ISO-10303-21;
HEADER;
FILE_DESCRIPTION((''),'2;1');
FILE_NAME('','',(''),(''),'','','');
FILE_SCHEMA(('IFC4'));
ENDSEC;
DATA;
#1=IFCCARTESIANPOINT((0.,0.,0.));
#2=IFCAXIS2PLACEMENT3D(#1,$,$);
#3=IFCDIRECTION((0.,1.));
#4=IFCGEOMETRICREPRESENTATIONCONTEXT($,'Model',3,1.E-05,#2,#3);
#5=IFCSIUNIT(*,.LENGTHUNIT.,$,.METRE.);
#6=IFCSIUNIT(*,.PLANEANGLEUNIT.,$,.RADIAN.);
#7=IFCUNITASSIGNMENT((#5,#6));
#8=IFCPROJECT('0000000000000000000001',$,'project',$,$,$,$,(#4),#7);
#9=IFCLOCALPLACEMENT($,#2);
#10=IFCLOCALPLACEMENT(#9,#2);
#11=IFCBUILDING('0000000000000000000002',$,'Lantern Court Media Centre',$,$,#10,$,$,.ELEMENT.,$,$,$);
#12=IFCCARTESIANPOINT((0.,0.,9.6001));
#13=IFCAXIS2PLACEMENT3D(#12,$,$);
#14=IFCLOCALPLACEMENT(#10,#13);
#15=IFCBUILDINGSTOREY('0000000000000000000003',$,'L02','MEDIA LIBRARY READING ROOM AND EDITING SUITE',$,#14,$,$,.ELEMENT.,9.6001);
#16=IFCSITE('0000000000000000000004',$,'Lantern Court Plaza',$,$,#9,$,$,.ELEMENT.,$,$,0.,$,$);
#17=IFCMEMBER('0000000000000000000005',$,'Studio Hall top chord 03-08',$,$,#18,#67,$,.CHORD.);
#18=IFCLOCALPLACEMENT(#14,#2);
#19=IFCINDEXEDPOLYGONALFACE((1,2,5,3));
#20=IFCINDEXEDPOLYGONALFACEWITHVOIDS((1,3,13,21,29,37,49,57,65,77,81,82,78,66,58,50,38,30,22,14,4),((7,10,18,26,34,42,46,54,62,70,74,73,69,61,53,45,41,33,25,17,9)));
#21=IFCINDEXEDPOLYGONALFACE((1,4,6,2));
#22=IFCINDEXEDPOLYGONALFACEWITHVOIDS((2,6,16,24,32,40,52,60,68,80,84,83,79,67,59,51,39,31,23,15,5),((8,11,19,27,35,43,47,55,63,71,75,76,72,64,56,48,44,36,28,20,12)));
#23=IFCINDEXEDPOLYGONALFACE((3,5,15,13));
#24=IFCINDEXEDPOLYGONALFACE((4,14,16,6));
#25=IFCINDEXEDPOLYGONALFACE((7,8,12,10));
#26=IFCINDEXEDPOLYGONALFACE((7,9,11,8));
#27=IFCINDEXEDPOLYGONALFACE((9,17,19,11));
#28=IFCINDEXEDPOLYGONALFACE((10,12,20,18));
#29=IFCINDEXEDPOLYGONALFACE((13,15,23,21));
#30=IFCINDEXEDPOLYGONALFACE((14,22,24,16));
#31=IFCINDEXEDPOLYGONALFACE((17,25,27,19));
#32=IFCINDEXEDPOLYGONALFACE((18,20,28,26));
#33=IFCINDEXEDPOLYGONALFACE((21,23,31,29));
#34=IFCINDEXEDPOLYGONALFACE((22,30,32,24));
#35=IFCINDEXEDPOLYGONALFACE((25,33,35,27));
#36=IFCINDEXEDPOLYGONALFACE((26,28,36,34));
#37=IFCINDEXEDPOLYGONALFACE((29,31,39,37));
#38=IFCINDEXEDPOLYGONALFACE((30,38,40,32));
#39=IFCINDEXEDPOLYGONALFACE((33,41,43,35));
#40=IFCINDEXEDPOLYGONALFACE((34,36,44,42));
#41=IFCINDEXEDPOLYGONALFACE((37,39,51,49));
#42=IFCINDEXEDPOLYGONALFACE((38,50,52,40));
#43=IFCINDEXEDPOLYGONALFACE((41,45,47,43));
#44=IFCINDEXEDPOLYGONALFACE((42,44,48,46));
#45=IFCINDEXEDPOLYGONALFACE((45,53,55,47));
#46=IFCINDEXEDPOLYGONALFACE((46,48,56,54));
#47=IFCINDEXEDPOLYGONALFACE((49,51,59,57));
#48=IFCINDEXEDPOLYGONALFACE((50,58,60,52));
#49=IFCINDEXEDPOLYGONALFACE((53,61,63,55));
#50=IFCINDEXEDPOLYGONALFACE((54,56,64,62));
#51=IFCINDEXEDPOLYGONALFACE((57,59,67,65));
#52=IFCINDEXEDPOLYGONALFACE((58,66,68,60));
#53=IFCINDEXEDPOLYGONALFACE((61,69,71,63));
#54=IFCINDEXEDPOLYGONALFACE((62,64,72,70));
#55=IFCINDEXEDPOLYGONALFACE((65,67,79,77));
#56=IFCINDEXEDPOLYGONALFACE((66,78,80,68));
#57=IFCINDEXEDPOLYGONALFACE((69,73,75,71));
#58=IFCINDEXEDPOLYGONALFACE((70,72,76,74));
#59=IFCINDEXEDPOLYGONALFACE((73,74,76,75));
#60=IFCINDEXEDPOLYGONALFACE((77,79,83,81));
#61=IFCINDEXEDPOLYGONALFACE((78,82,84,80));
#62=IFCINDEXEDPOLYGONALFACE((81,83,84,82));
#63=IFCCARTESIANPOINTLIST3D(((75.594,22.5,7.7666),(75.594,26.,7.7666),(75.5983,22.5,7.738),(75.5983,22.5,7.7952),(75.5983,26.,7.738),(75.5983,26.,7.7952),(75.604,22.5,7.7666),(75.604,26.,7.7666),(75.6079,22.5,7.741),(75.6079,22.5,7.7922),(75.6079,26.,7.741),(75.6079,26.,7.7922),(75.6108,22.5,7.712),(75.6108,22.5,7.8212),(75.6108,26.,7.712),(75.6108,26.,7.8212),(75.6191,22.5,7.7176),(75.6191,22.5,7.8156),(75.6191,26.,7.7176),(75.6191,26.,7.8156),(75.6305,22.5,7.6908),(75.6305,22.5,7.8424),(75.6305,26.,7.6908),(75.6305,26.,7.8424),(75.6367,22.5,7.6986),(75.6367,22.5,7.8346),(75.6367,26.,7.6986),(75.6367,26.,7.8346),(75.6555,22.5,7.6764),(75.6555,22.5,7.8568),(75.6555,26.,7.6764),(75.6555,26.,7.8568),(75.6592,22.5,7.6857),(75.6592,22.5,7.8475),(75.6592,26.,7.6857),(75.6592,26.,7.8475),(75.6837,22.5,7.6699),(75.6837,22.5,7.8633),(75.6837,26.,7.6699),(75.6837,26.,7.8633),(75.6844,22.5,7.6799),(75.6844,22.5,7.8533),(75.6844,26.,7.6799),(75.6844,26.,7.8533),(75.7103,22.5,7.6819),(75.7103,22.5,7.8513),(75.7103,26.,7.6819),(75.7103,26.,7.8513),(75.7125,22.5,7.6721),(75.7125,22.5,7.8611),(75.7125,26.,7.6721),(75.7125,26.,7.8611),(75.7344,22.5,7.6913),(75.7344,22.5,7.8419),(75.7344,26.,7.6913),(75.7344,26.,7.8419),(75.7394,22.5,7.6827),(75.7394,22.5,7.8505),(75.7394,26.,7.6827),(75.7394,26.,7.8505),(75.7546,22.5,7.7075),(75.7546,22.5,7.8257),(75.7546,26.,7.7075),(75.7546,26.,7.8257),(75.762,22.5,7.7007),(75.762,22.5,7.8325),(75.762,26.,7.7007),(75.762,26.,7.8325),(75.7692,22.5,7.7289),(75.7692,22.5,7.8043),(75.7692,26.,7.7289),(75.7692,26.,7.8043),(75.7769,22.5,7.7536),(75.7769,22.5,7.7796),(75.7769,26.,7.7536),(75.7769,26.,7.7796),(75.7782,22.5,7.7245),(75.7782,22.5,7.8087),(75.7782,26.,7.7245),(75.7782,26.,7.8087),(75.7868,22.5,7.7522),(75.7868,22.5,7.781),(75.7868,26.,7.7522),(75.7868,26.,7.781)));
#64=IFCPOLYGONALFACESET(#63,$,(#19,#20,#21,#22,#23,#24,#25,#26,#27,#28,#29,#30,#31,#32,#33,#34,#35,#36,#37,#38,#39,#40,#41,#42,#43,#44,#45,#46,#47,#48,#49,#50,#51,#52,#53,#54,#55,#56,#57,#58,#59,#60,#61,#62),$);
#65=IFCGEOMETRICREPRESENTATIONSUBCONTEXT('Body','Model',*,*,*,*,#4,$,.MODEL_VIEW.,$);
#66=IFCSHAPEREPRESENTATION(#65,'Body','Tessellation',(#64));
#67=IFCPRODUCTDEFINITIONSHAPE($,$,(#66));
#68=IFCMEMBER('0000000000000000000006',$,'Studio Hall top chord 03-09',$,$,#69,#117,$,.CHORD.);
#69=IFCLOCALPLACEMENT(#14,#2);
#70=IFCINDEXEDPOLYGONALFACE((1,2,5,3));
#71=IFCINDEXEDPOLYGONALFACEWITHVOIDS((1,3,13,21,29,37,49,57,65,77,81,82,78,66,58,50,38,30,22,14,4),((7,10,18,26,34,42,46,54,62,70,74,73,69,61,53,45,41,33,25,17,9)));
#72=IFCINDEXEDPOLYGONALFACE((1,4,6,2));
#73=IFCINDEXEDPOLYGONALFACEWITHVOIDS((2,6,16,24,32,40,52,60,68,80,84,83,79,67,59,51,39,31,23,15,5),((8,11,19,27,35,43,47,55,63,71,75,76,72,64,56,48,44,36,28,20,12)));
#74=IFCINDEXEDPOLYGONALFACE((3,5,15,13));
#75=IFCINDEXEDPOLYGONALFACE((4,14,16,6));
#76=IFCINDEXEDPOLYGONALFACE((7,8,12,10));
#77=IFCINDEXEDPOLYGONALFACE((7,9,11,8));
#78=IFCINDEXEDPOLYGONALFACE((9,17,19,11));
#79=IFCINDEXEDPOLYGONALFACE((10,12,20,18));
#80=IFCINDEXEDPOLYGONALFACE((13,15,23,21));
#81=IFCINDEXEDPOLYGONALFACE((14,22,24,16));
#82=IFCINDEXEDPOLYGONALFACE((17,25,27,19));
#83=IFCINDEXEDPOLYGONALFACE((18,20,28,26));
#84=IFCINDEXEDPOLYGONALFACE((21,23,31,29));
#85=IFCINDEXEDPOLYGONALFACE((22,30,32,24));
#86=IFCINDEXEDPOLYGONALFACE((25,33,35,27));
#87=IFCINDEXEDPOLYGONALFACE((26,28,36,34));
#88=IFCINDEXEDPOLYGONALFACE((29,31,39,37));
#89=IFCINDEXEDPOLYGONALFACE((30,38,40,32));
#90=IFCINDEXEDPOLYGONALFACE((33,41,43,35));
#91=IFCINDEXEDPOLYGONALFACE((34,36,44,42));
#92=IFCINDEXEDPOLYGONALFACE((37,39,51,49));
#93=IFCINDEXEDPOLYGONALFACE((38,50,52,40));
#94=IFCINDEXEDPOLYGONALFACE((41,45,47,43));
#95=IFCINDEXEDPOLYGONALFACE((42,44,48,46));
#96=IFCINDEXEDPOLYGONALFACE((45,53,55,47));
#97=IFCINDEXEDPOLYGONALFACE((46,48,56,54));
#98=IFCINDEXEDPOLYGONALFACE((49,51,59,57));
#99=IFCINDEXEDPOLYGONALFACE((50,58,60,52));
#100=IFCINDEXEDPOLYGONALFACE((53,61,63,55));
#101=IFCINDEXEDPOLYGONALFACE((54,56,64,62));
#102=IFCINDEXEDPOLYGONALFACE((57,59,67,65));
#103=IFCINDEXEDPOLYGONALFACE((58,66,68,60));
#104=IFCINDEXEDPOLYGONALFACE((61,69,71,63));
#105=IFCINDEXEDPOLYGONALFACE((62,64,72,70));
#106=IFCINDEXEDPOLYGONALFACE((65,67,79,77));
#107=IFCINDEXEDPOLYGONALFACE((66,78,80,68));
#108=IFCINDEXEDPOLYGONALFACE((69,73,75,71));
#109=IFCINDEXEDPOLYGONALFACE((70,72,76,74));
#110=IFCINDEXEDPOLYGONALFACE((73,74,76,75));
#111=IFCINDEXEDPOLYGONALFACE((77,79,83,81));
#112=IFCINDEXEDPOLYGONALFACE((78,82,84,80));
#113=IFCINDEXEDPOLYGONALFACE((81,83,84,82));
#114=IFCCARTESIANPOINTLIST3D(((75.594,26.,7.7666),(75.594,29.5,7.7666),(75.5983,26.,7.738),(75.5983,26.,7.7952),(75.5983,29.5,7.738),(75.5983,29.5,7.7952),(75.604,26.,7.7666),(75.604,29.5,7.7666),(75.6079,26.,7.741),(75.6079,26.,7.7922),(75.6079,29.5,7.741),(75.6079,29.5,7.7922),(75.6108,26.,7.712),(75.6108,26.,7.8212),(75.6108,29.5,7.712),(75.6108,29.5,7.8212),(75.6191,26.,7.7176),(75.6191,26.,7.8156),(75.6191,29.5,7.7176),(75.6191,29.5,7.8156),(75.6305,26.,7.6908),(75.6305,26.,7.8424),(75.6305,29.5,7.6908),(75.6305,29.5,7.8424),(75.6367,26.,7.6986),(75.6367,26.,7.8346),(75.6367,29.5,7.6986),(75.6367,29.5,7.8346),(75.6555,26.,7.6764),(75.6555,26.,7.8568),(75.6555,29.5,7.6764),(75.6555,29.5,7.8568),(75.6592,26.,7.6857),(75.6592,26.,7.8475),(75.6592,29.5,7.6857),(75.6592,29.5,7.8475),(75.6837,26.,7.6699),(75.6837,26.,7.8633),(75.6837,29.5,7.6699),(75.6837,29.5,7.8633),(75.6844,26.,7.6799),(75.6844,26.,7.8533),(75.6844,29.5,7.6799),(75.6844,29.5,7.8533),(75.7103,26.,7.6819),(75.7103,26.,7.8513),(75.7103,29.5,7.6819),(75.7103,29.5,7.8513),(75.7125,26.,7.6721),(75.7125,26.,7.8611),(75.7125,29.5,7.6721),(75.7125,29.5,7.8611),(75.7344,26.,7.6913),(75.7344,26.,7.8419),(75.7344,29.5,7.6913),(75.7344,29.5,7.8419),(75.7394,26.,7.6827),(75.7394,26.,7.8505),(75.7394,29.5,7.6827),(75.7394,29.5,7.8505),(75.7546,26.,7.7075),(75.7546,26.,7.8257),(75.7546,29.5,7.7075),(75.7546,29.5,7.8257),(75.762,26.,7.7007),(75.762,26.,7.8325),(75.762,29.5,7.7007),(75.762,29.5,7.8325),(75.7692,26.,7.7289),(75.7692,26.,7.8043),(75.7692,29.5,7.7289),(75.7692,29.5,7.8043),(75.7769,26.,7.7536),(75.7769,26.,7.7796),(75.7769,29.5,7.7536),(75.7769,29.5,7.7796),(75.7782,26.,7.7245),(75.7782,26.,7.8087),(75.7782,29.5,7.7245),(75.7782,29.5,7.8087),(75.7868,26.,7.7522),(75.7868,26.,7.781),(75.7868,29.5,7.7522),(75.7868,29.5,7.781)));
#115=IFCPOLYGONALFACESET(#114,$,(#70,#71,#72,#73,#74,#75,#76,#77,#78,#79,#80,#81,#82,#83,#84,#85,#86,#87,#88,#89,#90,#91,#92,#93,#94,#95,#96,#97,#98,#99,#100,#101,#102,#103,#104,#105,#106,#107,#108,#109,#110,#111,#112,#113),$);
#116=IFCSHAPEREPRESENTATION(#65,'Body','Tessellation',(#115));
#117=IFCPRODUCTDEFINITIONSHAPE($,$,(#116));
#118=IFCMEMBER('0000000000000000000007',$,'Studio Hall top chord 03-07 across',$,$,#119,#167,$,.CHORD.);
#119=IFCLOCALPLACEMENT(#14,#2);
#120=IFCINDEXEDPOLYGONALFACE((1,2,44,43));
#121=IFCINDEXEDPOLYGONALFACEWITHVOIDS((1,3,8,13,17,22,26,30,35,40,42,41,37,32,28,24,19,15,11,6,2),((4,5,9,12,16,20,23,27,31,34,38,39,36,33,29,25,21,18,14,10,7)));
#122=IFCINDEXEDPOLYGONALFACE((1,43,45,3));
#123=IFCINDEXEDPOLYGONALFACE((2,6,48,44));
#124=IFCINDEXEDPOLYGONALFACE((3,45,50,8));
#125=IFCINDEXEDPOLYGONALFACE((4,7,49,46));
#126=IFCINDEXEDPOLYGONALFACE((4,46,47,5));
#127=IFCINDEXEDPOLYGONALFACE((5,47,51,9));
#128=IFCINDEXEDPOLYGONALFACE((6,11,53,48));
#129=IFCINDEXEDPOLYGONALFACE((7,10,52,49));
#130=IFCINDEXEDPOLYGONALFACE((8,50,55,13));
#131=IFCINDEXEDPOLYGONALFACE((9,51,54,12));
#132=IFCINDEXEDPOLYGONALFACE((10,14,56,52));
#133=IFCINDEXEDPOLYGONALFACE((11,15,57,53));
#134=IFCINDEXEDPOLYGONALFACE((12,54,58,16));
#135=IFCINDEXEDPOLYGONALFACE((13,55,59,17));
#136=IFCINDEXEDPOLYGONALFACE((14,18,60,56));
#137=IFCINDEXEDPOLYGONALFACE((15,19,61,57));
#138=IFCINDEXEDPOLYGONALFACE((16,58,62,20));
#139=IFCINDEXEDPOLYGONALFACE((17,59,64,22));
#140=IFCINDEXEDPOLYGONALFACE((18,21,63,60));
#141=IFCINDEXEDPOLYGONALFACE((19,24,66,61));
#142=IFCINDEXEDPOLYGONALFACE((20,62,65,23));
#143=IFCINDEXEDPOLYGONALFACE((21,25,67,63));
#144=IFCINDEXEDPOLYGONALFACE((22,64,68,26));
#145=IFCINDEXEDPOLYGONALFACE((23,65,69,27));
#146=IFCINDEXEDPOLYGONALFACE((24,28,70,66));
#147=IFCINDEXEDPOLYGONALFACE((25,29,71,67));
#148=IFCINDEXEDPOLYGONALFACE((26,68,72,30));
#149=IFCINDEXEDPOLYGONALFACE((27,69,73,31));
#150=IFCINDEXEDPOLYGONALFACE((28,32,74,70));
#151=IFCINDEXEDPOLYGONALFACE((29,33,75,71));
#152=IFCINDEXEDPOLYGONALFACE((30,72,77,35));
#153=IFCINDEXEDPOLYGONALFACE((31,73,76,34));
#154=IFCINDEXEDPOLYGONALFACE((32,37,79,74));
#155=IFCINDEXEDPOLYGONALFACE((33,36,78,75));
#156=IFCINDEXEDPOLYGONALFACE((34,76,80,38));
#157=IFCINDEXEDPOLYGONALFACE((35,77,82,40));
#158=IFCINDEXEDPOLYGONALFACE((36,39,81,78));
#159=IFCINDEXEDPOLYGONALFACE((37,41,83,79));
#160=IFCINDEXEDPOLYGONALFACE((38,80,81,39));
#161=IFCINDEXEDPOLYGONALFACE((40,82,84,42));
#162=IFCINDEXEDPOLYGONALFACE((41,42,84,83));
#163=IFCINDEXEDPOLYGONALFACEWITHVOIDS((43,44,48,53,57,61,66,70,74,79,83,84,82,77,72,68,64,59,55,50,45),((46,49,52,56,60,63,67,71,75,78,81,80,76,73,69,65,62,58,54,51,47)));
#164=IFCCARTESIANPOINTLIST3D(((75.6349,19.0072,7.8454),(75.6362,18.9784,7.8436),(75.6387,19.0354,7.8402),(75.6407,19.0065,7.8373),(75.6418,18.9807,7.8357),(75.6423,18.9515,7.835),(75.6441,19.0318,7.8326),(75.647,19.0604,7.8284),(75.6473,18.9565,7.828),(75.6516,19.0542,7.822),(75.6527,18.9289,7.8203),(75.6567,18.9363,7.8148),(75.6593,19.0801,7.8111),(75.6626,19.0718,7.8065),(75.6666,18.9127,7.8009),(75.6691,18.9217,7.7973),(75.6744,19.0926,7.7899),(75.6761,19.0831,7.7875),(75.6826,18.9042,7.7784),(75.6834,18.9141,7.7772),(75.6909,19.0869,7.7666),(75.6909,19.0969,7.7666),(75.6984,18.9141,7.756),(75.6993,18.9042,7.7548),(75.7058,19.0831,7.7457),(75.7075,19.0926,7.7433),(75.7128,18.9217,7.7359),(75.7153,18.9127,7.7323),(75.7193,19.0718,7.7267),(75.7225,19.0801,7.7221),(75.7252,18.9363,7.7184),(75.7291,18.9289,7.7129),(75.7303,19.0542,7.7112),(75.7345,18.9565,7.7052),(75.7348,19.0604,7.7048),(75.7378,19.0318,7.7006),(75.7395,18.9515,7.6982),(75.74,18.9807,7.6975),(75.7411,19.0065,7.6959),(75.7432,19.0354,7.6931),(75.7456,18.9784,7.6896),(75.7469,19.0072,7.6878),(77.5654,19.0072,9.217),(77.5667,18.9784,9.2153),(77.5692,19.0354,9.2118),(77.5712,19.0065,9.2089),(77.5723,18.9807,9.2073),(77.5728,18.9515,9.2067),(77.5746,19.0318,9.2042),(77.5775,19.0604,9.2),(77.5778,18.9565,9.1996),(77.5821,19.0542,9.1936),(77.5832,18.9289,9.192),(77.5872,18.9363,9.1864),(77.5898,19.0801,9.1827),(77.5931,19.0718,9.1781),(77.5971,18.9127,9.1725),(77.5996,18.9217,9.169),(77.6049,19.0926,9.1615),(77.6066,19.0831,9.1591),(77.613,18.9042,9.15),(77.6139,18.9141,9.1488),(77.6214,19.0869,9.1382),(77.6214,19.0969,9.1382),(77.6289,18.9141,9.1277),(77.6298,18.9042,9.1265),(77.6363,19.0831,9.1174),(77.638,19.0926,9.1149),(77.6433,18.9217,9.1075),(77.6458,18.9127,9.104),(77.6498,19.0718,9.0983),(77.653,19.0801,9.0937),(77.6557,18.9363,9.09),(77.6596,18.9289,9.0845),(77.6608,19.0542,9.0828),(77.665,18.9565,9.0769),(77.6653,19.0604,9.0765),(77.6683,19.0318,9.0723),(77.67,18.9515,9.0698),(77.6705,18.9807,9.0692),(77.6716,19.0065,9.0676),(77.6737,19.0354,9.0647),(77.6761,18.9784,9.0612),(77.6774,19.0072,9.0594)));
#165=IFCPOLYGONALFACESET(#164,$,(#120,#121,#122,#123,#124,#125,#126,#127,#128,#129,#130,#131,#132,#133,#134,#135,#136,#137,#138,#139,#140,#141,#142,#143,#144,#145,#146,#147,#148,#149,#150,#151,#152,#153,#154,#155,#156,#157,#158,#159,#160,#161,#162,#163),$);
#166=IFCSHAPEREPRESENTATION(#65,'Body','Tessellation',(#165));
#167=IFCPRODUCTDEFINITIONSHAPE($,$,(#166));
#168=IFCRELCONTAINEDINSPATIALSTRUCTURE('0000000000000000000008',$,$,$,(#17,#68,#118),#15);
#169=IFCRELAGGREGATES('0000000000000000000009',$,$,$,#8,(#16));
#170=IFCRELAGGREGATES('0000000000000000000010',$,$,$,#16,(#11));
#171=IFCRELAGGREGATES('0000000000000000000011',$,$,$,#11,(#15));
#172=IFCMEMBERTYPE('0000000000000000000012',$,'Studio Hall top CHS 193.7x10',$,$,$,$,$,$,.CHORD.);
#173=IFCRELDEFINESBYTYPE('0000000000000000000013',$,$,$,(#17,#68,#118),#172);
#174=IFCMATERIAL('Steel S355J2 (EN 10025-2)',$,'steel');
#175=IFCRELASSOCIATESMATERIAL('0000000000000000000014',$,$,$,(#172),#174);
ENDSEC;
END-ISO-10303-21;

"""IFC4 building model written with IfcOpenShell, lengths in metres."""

from ifc_helpers import new_model, si_unit, direction, frame, origin, origin_2d, place, context, subcontext, project, spatial, hollow_circle, extrude, material, material_profile, profile_set, type_object, element, save


model = new_model("IFC4")

# Units and contexts
model_context = context("Model", 3, precision=1e-05, world=origin(), true_north=direction((0.0, 1.0)))
body_context = subcontext(model_context, "Body", "Model", "MODEL_VIEW")
ifc_project = project(units=[si_unit("LENGTHUNIT", "METRE"), si_unit("PLANEANGLEUNIT", "RADIAN")], contexts=[model_context])

# Site, building, storey
site_placement = place(None, origin())
site = spatial("IfcSite", under=ifc_project, at=site_placement, Name="Lantern Court Plaza", CompositionType="ELEMENT", RefElevation=0.0)
building_placement = place(site_placement, origin())
building = spatial("IfcBuilding", under=site, at=building_placement, Name="Lantern Court Media Centre", CompositionType="ELEMENT")
storey_placement = place(building_placement, frame((0.0, 0.0, 9.6001)))
storey = spatial("IfcBuildingStorey", under=building, at=storey_placement, Name="L02", Description="MEDIA LIBRARY READING ROOM AND EDITING SUITE", CompositionType="ELEMENT", Elevation=9.6001)

# Members
ifc_material_1 = material(Name="Steel S355J2 (EN 10025-2)", Category="steel")
ifc_material_profile_1 = material_profile(ifc_material_1, hollow_circle(Radius=0.0969, WallThickness=0.01, at=origin_2d()), Name="Studio Hall top CHS 193.7x10")
ifc_profile_set_1 = profile_set([ifc_material_profile_1], Name="Steel S355J2 (EN 10025-2)")
member_type_1 = type_object("IfcMemberType", Name="Studio Hall top CHS 193.7x10", PredefinedType="CHORD", material=ifc_profile_set_1)
for number, where, z_axis, x_axis, name in (
    (1, (75.6909, 22.5, 7.7666), (0.0, 1.0, 0.0), (-1.0, 0.0, 0.0), "Studio Hall top chord 03-08"),
    (2, (75.6909, 26.0, 7.7666), (0.0, 1.0, 0.0), (-1.0, 0.0, 0.0), "Studio Hall top chord 03-09"),
):
    element("IfcMember", number, at=place(storey_placement, frame(where, z_axis=z_axis, x_axis=x_axis)), inside=storey, type_object=member_type_1, Name=name, PredefinedType="CHORD", context=body_context, shape_type="SweptSolid", body=[
        extrude(hollow_circle(Radius=0.0969, WallThickness=0.01, at=origin_2d()), origin(), (0.0, 0.0, 1.0), 3.5),
    ])
for number, where, z_axis, x_axis, name in (
    (3, (75.6909, 19.0, 7.7666), (0.815187, 0.0, 0.579198), (0.0, 1.0, 0.0), "Studio Hall top chord 03-07 across"),
):
    element("IfcMember", number, at=place(storey_placement, frame(where, z_axis=z_axis, x_axis=x_axis)), inside=storey, type_object=member_type_1, Name=name, PredefinedType="CHORD", context=body_context, shape_type="SweptSolid", body=[
        extrude(hollow_circle(Radius=0.0969, WallThickness=0.01, at=origin_2d()), origin(), (0.0, 0.0, 1.0), 2.3682),
    ])

save(model, "model.ifc")
